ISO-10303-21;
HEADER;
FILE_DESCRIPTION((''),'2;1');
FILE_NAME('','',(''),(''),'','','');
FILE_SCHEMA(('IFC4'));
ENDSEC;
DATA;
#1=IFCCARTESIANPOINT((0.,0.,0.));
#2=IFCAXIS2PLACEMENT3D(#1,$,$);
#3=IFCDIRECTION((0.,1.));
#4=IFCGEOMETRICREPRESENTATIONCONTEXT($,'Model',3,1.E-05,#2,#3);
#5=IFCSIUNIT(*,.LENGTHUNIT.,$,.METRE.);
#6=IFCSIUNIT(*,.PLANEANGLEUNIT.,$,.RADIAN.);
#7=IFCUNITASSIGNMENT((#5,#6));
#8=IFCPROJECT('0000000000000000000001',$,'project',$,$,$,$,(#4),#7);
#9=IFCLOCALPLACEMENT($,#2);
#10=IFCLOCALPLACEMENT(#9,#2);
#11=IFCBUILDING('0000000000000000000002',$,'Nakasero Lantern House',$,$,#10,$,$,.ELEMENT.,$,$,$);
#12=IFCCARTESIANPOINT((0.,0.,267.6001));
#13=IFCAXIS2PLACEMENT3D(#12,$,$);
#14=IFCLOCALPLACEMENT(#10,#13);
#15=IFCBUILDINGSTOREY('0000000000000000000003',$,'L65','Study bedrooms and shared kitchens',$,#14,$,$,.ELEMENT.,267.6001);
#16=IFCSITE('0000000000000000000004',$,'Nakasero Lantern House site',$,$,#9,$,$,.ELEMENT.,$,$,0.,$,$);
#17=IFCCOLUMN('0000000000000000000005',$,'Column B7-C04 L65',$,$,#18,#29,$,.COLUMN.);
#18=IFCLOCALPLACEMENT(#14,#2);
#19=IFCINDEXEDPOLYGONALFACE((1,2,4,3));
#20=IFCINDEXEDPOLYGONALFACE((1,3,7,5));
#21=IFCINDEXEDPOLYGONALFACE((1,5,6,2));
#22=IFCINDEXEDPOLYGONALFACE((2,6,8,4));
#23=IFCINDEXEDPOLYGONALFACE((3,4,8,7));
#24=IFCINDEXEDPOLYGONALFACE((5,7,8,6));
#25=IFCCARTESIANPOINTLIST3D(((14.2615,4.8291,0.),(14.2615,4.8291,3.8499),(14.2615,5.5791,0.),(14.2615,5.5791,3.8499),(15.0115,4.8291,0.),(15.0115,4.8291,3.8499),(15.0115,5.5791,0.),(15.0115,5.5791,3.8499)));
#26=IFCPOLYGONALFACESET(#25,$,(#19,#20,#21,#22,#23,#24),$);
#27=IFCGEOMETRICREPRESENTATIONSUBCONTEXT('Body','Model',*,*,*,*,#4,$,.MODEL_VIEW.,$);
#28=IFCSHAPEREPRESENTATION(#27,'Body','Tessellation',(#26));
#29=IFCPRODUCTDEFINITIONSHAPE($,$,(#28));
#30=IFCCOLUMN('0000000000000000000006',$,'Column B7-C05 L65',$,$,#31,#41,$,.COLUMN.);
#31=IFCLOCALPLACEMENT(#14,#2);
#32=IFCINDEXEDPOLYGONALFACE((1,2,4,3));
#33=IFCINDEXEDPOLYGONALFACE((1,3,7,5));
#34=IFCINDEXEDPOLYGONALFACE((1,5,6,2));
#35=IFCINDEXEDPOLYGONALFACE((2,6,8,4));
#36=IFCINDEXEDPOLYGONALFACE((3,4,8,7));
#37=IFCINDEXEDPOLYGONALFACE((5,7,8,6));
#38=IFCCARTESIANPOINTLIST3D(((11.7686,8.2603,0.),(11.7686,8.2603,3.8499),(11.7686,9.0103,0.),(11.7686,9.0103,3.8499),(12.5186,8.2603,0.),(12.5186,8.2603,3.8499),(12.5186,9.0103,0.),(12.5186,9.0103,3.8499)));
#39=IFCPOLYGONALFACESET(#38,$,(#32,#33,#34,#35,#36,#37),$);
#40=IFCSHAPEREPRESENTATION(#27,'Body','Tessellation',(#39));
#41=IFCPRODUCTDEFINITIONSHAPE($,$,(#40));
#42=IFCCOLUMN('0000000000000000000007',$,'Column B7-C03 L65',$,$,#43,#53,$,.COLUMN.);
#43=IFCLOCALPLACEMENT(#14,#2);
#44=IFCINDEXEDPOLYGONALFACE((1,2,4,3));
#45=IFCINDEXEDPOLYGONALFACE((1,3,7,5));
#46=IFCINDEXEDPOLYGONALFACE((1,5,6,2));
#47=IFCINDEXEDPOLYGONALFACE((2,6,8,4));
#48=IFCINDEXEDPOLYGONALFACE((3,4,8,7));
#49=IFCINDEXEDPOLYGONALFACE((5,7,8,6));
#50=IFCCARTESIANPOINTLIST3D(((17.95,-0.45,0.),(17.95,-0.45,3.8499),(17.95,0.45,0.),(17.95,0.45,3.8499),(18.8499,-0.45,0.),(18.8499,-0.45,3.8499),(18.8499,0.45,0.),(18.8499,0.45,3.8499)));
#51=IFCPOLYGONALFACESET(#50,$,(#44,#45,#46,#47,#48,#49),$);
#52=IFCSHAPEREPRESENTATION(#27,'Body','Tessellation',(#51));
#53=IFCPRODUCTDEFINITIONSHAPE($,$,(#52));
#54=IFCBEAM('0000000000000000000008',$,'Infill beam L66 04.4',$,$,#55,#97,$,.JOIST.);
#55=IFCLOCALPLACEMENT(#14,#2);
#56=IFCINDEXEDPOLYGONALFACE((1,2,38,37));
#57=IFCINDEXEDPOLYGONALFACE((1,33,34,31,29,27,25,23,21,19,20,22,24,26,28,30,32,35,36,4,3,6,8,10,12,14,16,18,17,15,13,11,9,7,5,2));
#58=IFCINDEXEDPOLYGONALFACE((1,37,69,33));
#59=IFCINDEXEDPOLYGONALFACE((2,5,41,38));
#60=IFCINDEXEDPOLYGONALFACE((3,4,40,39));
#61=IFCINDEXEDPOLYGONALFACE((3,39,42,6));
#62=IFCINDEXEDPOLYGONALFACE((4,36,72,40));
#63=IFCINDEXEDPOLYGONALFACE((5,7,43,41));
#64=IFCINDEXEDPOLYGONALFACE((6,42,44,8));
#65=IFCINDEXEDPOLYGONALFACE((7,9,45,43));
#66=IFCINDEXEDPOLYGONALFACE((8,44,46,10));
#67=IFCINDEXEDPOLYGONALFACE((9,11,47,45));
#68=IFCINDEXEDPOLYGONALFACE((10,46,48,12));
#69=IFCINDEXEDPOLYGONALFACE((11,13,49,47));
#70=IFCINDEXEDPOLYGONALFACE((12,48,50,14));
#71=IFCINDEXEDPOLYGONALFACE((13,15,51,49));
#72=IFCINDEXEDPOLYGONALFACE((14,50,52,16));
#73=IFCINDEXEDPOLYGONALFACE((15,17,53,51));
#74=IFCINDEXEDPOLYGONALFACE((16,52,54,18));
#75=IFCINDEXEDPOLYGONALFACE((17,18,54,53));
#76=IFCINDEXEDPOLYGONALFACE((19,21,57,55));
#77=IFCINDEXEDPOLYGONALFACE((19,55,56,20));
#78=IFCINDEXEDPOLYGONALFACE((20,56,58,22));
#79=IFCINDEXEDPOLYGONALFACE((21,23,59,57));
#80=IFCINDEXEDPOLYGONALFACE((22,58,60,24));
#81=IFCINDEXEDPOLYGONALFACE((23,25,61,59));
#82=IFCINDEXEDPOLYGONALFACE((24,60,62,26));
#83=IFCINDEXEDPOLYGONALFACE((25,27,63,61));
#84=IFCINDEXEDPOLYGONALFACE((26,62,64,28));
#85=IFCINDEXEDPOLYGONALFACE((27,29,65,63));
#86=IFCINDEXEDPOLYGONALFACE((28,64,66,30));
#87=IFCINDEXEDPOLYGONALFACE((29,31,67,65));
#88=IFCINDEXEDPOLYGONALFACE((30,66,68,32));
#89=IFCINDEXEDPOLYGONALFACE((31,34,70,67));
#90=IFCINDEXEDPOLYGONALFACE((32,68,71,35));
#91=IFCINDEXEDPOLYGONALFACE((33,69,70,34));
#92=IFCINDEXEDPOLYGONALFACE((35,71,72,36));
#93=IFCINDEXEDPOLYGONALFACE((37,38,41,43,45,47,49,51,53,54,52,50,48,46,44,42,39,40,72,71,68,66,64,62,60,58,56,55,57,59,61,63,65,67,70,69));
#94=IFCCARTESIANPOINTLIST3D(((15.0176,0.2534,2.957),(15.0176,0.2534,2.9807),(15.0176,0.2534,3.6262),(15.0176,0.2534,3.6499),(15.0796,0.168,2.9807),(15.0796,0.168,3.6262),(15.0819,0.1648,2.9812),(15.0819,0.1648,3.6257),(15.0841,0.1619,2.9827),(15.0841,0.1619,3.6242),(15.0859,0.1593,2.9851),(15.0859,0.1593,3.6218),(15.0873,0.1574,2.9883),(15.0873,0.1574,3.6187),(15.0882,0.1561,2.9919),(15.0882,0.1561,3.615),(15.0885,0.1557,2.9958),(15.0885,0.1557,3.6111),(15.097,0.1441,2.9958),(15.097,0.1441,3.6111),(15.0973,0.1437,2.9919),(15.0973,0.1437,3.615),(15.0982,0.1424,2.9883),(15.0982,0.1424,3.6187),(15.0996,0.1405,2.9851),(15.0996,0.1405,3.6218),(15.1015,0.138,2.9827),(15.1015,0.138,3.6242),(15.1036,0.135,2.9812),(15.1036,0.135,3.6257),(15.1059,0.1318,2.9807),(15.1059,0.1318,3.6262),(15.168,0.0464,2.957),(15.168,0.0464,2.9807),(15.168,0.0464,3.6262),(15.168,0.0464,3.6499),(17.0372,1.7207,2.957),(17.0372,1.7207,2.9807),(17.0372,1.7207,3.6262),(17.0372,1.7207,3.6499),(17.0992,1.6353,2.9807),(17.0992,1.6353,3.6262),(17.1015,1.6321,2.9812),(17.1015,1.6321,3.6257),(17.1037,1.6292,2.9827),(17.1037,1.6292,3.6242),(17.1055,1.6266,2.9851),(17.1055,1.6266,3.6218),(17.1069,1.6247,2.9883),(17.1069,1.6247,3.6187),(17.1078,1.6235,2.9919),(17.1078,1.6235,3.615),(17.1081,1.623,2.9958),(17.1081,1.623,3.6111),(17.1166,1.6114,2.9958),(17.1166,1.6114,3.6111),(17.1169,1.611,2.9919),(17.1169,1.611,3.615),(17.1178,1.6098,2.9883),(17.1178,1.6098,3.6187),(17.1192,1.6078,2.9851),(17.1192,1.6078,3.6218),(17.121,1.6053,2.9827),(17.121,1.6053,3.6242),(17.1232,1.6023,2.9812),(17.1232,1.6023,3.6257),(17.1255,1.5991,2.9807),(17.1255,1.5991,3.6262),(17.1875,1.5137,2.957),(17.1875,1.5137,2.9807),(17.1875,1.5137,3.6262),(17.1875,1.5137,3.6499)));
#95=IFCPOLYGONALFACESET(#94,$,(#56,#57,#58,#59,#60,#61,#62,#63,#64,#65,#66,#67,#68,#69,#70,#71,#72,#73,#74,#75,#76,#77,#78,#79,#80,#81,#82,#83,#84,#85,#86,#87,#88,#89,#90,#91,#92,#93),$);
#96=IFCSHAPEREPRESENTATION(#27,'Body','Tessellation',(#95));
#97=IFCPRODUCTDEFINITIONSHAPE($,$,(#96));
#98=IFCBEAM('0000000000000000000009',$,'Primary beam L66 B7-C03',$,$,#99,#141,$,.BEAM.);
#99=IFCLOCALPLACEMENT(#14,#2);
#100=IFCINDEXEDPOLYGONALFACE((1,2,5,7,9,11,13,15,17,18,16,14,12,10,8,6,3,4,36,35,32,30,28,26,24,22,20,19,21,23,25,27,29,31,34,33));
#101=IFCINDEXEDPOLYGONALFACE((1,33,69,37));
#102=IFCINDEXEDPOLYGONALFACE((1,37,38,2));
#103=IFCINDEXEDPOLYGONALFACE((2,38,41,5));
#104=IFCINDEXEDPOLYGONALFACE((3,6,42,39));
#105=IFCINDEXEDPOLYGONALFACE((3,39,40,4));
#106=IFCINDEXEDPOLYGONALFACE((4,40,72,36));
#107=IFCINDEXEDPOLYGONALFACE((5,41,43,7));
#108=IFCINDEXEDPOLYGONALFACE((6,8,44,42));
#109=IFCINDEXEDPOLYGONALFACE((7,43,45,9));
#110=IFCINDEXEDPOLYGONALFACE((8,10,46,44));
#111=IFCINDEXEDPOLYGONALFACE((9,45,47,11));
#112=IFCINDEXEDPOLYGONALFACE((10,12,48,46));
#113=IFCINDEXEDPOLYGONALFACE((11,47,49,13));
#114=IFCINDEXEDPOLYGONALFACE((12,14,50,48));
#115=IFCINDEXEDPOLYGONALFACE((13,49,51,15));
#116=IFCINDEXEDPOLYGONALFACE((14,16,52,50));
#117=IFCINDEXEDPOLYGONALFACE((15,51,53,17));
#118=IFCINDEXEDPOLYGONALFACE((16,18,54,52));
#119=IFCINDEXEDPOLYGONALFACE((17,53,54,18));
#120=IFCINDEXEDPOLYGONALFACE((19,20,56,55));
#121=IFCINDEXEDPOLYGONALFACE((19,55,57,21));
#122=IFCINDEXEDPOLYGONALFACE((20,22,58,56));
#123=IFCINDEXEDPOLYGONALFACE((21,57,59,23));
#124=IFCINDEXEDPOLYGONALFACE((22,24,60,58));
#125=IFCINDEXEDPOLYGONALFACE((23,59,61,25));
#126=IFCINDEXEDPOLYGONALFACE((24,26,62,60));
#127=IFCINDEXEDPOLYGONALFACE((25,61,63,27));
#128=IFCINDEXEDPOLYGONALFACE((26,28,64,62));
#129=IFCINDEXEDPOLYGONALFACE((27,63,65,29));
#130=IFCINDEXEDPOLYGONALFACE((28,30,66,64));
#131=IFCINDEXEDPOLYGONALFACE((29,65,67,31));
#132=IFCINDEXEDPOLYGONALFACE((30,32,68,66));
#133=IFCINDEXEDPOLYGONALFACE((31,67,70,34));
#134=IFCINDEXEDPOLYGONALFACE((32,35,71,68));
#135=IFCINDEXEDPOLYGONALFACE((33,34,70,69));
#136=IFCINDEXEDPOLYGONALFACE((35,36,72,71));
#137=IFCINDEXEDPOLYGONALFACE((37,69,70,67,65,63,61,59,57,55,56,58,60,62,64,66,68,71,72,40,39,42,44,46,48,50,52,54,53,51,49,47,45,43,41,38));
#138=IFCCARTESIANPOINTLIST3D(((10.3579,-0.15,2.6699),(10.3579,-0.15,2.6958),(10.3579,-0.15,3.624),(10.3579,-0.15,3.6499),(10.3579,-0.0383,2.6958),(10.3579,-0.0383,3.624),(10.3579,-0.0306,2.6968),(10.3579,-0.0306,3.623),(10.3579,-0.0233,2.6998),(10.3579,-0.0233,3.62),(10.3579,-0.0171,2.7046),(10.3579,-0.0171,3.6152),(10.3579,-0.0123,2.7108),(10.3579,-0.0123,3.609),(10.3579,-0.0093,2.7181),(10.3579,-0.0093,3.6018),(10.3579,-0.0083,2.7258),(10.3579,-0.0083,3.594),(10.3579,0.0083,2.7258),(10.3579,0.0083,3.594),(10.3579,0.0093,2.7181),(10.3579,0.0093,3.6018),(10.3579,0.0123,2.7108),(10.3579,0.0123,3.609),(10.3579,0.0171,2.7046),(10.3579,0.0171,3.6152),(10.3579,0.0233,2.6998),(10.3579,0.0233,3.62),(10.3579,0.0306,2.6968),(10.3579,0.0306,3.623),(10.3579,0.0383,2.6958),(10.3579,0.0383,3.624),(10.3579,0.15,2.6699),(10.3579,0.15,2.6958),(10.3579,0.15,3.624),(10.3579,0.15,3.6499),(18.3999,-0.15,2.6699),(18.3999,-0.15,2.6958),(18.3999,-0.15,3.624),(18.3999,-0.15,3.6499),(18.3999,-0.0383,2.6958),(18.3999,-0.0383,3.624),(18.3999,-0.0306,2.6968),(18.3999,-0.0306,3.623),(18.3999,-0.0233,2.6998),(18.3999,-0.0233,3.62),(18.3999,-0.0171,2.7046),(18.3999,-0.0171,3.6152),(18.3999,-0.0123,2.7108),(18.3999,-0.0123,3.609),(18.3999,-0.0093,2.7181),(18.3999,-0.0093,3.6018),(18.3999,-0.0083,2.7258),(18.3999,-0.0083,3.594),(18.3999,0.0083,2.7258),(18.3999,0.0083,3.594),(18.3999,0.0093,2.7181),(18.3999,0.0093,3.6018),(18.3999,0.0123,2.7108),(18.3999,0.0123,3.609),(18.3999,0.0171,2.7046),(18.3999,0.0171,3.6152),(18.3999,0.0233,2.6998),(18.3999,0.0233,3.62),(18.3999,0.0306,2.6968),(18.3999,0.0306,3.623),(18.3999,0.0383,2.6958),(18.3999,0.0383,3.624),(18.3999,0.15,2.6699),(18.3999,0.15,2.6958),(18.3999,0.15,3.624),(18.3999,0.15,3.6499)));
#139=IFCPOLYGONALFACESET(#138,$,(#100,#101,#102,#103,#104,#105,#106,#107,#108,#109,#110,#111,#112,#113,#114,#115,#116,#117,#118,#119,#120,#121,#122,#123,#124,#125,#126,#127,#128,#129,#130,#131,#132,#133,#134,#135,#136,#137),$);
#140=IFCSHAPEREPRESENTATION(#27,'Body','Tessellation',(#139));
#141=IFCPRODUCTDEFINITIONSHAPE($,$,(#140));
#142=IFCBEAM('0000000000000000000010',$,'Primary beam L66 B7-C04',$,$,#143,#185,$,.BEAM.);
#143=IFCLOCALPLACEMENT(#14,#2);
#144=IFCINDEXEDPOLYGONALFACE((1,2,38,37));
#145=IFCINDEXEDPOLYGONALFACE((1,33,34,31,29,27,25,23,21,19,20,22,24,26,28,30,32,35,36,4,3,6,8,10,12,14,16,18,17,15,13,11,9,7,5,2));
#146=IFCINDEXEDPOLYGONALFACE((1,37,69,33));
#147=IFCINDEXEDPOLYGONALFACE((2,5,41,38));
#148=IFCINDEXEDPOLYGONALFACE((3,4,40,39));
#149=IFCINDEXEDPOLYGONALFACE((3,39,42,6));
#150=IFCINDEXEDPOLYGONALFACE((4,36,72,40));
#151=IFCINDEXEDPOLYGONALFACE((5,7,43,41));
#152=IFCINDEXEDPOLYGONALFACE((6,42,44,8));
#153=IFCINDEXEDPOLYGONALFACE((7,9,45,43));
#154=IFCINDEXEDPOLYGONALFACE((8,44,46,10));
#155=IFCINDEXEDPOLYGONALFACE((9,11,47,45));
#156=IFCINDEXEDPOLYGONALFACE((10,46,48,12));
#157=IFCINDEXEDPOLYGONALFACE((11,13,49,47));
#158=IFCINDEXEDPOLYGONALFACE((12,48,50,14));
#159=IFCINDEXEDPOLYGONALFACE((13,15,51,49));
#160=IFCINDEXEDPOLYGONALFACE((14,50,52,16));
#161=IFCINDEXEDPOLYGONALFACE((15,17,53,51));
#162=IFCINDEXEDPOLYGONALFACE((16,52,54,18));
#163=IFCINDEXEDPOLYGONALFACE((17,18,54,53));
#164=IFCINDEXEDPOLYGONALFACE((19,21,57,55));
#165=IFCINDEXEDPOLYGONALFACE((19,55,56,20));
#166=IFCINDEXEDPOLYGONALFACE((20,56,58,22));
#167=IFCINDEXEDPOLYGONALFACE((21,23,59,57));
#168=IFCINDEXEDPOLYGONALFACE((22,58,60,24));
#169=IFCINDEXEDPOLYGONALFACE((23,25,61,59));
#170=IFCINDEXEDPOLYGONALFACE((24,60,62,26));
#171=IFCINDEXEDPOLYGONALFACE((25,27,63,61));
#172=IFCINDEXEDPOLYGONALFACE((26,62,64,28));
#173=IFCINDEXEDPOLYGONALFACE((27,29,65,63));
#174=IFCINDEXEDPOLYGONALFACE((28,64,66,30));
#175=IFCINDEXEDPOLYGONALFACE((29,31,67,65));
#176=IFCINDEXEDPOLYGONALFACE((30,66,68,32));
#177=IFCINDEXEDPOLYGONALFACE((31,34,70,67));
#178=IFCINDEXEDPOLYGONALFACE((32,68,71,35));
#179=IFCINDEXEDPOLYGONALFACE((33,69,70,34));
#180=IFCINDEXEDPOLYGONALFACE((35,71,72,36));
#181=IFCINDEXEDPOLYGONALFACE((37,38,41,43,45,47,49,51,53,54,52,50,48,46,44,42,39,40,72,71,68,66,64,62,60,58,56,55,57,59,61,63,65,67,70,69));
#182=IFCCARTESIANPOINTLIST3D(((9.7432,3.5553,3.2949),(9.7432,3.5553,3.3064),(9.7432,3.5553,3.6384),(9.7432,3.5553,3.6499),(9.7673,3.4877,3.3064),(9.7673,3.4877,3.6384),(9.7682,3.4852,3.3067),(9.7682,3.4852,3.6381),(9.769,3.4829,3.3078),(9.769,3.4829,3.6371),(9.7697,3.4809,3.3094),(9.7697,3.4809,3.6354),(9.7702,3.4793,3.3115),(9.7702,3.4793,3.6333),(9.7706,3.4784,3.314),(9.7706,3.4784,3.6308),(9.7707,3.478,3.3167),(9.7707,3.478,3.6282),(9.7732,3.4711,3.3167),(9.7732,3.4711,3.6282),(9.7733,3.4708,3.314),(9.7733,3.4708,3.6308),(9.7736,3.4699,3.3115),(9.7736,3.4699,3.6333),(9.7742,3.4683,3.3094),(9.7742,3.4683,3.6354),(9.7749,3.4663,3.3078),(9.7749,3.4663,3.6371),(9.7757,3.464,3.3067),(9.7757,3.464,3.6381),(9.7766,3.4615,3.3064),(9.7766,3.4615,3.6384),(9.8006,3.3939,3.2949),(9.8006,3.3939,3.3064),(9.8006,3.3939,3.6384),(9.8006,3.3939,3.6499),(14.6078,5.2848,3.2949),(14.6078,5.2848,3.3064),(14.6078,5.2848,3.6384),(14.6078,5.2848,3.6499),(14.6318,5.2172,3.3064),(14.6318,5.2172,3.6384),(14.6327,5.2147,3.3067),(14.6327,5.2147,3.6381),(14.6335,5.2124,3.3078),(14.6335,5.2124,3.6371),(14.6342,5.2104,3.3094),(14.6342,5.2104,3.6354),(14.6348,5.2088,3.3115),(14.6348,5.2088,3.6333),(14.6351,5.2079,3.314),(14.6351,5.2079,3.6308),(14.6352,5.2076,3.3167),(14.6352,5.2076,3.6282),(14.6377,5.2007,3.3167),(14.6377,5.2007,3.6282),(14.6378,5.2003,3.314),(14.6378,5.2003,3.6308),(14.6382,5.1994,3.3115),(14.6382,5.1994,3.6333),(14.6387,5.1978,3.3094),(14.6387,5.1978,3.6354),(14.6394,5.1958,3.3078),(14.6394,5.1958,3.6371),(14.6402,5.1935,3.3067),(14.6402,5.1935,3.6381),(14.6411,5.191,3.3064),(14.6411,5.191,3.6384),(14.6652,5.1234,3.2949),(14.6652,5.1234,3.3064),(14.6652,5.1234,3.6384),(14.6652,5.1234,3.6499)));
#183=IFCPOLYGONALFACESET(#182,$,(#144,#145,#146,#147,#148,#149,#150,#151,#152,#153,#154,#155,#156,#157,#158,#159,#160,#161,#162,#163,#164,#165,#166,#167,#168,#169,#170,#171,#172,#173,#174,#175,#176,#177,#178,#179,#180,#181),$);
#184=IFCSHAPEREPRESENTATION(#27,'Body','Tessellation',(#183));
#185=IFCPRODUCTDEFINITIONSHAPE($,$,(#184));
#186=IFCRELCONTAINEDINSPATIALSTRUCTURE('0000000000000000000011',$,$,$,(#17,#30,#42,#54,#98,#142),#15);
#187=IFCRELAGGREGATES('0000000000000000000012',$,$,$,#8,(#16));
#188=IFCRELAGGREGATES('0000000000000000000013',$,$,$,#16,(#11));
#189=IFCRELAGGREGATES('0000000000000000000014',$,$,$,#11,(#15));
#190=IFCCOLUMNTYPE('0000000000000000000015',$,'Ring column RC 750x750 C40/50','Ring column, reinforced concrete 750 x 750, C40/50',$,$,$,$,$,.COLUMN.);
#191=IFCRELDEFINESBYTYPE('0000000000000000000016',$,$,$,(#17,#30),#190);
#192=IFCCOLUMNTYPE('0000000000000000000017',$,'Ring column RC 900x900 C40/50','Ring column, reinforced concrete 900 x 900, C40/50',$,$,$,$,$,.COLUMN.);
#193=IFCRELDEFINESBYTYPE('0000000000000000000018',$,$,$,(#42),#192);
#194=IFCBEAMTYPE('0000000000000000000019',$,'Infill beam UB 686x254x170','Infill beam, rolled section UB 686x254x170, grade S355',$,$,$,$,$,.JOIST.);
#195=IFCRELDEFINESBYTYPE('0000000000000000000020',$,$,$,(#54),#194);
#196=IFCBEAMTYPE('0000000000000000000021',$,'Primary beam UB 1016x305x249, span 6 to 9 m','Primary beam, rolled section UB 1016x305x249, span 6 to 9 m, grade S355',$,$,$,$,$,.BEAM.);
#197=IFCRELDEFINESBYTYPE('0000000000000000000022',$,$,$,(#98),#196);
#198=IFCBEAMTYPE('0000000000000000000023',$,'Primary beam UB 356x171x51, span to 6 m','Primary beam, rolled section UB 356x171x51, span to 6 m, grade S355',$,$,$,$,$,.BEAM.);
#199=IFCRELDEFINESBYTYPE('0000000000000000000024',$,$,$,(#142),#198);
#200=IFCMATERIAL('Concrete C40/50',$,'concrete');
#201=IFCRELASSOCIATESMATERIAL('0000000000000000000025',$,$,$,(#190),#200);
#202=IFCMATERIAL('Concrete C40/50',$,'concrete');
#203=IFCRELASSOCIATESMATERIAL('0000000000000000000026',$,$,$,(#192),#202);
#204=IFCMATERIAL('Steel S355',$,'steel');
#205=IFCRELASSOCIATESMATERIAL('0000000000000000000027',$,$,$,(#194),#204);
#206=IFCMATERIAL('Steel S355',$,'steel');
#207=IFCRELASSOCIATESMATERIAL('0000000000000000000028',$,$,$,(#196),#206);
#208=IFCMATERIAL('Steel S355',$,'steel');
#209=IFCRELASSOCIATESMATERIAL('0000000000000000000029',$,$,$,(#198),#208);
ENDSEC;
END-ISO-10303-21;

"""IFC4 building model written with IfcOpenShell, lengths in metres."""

from ifc_helpers import new_model, si_unit, direction, frame, origin, origin_2d, place, context, subcontext, project, spatial, rectangle, i_section, extrude, material, material_profile, profile_set, type_object, element, save


model = new_model("IFC4")

# Units and contexts
model_context = context("Model", 3, precision=1e-05, world=origin(), true_north=direction((0.0, 1.0)))
body_context = subcontext(model_context, "Body", "Model", "MODEL_VIEW")
ifc_project = project(units=[si_unit("LENGTHUNIT", "METRE"), si_unit("PLANEANGLEUNIT", "RADIAN")], contexts=[model_context])

# Site, building, storey
site_placement = place(None, origin())
site = spatial("IfcSite", under=ifc_project, at=site_placement, Name="Nakasero Lantern House site", CompositionType="ELEMENT", RefElevation=0.0)
building_placement = place(site_placement, origin())
building = spatial("IfcBuilding", under=site, at=building_placement, Name="Nakasero Lantern House", CompositionType="ELEMENT")
storey_placement = place(building_placement, frame((0.0, 0.0, 267.6001)))
storey = spatial("IfcBuildingStorey", under=building, at=storey_placement, Name="L65", Description="Study bedrooms and shared kitchens", CompositionType="ELEMENT", Elevation=267.6001)

# Columns
ifc_material_1 = material(Name="Concrete C40/50", Category="concrete")
ifc_material_profile_1 = material_profile(ifc_material_1, rectangle(XDim=0.75, YDim=0.75, at=origin_2d()), Name="RC 750x750")
ifc_profile_set_1 = profile_set([ifc_material_profile_1], Name="Concrete C40/50")
column_type_1 = type_object("IfcColumnType", Name="Ring column RC 750x750 C40/50", Description="Ring column, reinforced concrete 750 x 750, C40/50", PredefinedType="COLUMN", material=ifc_profile_set_1)
for number, where, z_axis, x_axis, name in (
    (1, (14.6365, 5.2041, 0.0), (0.0, 0.0, 1.0), (1.0, 0.0, 0.0), "Column B7-C04 L65"),
    (2, (12.1436, 8.6353, 0.0), (0.0, 0.0, 1.0), (1.0, 0.0, 0.0), "Column B7-C05 L65"),
):
    element("IfcColumn", number, at=place(storey_placement, frame(where, z_axis=z_axis, x_axis=x_axis)), inside=storey, type_object=column_type_1, Name=name, PredefinedType="COLUMN", context=body_context, shape_type="SweptSolid", body=[
        extrude(rectangle(XDim=0.75, YDim=0.75, at=origin_2d()), origin(), (0.0, 0.0, 1.0), 3.8499),
    ])
ifc_material_2 = material(Name="Concrete C40/50", Category="concrete")
ifc_material_profile_2 = material_profile(ifc_material_2, rectangle(XDim=0.8999, YDim=0.8999, at=origin_2d()), Name="RC 900x900")
ifc_profile_set_2 = profile_set([ifc_material_profile_2], Name="Concrete C40/50")
column_type_2 = type_object("IfcColumnType", Name="Ring column RC 900x900 C40/50", Description="Ring column, reinforced concrete 900 x 900, C40/50", PredefinedType="COLUMN", material=ifc_profile_set_2)
column_placement = place(storey_placement, frame((18.3999, 0.0, 0.0), z_axis=(0.0, 0.0, 1.0), x_axis=(1.0, 0.0, 0.0)))
element("IfcColumn", 3, at=column_placement, inside=storey, type_object=column_type_2, Name="Column B7-C03 L65", PredefinedType="COLUMN", context=body_context, shape_type="SweptSolid", body=[
    extrude(rectangle(XDim=0.8999, YDim=0.8999, at=origin_2d()), origin(), (0.0, 0.0, 1.0), 3.8499),
])

# Beams
ifc_material_3 = material(Name="Steel S355", Category="steel")
ifc_material_profile_3 = material_profile(ifc_material_3, i_section(OverallWidth=0.2559, OverallDepth=0.6929, WebThickness=0.0144, FlangeThickness=0.0237, FilletRadius=0.0151, at=origin_2d()), Name="UB 686x254x170")
ifc_profile_set_3 = profile_set([ifc_material_profile_3], Name="Steel S355")
beam_type_1 = type_object("IfcBeamType", Name="Infill beam UB 686x254x170", Description="Infill beam, rolled section UB 686x254x170, grade S355", PredefinedType="JOIST", material=ifc_profile_set_3)
beam_1_placement = place(storey_placement, frame((15.0928, 0.1499, 3.3035), z_axis=(0.809015, 0.587788, 0.0), x_axis=(-0.587788, 0.809015, 0.0)))
element("IfcBeam", 4, at=beam_1_placement, inside=storey, type_object=beam_type_1, Name="Infill beam L66 04.4", PredefinedType="JOIST", context=body_context, shape_type="SweptSolid", body=[
    extrude(i_section(OverallWidth=0.2559, OverallDepth=0.6929, WebThickness=0.0144, FlangeThickness=0.0237, FilletRadius=0.0151, at=origin_2d()), origin(), (0.0, 0.0, 1.0), 2.4963),
])
ifc_material_4 = material(Name="Steel S355", Category="steel")
ifc_material_profile_4 = material_profile(ifc_material_4, i_section(OverallWidth=0.3, OverallDepth=0.98, WebThickness=0.0166, FlangeThickness=0.0259, FilletRadius=0.03, at=origin_2d()), Name="UB 1016x305x249")
ifc_profile_set_4 = profile_set([ifc_material_profile_4], Name="Steel S355")
beam_type_2 = type_object("IfcBeamType", Name="Primary beam UB 1016x305x249, span 6 to 9 m", Description="Primary beam, rolled section UB 1016x305x249, span 6 to 9 m, grade S355", PredefinedType="BEAM", material=ifc_profile_set_4)
beam_2_placement = place(storey_placement, frame((18.3999, 0.0, 3.1599), z_axis=(-1.0, 0.0, 0.0), x_axis=(0.0, -1.0, 0.0)))
element("IfcBeam", 5, at=beam_2_placement, inside=storey, type_object=beam_type_2, Name="Primary beam L66 B7-C03", PredefinedType="BEAM", context=body_context, shape_type="SweptSolid", body=[
    extrude(i_section(OverallWidth=0.3, OverallDepth=0.98, WebThickness=0.0166, FlangeThickness=0.0259, FilletRadius=0.03, at=origin_2d()), origin(), (0.0, 0.0, 1.0), 8.042),
])
ifc_material_5 = material(Name="Steel S355", Category="steel")
ifc_material_profile_5 = material_profile(ifc_material_5, i_section(OverallWidth=0.1714, OverallDepth=0.355, WebThickness=0.0073, FlangeThickness=0.0115, FilletRadius=0.0103, at=origin_2d()), Name="UB 356x171x51")
ifc_profile_set_5 = profile_set([ifc_material_profile_5], Name="Steel S355")
beam_type_3 = type_object("IfcBeamType", Name="Primary beam UB 356x171x51, span to 6 m", Description="Primary beam, rolled section UB 356x171x51, span to 6 m, grade S355", PredefinedType="BEAM", material=ifc_profile_set_5)
beam_3_placement = place(storey_placement, frame((14.6365, 5.2041, 3.4724), z_axis=(-0.942221, -0.334991, 0.0), x_axis=(0.334991, -0.942221, 0.0)))
element("IfcBeam", 6, at=beam_3_placement, inside=storey, type_object=beam_type_3, Name="Primary beam L66 B7-C04", PredefinedType="BEAM", context=body_context, shape_type="SweptSolid", body=[
    extrude(i_section(OverallWidth=0.1714, OverallDepth=0.355, WebThickness=0.0073, FlangeThickness=0.0115, FilletRadius=0.0103, at=origin_2d()), origin(), (0.0, 0.0, 1.0), 5.1628),
])

save(model, "model.ifc")
